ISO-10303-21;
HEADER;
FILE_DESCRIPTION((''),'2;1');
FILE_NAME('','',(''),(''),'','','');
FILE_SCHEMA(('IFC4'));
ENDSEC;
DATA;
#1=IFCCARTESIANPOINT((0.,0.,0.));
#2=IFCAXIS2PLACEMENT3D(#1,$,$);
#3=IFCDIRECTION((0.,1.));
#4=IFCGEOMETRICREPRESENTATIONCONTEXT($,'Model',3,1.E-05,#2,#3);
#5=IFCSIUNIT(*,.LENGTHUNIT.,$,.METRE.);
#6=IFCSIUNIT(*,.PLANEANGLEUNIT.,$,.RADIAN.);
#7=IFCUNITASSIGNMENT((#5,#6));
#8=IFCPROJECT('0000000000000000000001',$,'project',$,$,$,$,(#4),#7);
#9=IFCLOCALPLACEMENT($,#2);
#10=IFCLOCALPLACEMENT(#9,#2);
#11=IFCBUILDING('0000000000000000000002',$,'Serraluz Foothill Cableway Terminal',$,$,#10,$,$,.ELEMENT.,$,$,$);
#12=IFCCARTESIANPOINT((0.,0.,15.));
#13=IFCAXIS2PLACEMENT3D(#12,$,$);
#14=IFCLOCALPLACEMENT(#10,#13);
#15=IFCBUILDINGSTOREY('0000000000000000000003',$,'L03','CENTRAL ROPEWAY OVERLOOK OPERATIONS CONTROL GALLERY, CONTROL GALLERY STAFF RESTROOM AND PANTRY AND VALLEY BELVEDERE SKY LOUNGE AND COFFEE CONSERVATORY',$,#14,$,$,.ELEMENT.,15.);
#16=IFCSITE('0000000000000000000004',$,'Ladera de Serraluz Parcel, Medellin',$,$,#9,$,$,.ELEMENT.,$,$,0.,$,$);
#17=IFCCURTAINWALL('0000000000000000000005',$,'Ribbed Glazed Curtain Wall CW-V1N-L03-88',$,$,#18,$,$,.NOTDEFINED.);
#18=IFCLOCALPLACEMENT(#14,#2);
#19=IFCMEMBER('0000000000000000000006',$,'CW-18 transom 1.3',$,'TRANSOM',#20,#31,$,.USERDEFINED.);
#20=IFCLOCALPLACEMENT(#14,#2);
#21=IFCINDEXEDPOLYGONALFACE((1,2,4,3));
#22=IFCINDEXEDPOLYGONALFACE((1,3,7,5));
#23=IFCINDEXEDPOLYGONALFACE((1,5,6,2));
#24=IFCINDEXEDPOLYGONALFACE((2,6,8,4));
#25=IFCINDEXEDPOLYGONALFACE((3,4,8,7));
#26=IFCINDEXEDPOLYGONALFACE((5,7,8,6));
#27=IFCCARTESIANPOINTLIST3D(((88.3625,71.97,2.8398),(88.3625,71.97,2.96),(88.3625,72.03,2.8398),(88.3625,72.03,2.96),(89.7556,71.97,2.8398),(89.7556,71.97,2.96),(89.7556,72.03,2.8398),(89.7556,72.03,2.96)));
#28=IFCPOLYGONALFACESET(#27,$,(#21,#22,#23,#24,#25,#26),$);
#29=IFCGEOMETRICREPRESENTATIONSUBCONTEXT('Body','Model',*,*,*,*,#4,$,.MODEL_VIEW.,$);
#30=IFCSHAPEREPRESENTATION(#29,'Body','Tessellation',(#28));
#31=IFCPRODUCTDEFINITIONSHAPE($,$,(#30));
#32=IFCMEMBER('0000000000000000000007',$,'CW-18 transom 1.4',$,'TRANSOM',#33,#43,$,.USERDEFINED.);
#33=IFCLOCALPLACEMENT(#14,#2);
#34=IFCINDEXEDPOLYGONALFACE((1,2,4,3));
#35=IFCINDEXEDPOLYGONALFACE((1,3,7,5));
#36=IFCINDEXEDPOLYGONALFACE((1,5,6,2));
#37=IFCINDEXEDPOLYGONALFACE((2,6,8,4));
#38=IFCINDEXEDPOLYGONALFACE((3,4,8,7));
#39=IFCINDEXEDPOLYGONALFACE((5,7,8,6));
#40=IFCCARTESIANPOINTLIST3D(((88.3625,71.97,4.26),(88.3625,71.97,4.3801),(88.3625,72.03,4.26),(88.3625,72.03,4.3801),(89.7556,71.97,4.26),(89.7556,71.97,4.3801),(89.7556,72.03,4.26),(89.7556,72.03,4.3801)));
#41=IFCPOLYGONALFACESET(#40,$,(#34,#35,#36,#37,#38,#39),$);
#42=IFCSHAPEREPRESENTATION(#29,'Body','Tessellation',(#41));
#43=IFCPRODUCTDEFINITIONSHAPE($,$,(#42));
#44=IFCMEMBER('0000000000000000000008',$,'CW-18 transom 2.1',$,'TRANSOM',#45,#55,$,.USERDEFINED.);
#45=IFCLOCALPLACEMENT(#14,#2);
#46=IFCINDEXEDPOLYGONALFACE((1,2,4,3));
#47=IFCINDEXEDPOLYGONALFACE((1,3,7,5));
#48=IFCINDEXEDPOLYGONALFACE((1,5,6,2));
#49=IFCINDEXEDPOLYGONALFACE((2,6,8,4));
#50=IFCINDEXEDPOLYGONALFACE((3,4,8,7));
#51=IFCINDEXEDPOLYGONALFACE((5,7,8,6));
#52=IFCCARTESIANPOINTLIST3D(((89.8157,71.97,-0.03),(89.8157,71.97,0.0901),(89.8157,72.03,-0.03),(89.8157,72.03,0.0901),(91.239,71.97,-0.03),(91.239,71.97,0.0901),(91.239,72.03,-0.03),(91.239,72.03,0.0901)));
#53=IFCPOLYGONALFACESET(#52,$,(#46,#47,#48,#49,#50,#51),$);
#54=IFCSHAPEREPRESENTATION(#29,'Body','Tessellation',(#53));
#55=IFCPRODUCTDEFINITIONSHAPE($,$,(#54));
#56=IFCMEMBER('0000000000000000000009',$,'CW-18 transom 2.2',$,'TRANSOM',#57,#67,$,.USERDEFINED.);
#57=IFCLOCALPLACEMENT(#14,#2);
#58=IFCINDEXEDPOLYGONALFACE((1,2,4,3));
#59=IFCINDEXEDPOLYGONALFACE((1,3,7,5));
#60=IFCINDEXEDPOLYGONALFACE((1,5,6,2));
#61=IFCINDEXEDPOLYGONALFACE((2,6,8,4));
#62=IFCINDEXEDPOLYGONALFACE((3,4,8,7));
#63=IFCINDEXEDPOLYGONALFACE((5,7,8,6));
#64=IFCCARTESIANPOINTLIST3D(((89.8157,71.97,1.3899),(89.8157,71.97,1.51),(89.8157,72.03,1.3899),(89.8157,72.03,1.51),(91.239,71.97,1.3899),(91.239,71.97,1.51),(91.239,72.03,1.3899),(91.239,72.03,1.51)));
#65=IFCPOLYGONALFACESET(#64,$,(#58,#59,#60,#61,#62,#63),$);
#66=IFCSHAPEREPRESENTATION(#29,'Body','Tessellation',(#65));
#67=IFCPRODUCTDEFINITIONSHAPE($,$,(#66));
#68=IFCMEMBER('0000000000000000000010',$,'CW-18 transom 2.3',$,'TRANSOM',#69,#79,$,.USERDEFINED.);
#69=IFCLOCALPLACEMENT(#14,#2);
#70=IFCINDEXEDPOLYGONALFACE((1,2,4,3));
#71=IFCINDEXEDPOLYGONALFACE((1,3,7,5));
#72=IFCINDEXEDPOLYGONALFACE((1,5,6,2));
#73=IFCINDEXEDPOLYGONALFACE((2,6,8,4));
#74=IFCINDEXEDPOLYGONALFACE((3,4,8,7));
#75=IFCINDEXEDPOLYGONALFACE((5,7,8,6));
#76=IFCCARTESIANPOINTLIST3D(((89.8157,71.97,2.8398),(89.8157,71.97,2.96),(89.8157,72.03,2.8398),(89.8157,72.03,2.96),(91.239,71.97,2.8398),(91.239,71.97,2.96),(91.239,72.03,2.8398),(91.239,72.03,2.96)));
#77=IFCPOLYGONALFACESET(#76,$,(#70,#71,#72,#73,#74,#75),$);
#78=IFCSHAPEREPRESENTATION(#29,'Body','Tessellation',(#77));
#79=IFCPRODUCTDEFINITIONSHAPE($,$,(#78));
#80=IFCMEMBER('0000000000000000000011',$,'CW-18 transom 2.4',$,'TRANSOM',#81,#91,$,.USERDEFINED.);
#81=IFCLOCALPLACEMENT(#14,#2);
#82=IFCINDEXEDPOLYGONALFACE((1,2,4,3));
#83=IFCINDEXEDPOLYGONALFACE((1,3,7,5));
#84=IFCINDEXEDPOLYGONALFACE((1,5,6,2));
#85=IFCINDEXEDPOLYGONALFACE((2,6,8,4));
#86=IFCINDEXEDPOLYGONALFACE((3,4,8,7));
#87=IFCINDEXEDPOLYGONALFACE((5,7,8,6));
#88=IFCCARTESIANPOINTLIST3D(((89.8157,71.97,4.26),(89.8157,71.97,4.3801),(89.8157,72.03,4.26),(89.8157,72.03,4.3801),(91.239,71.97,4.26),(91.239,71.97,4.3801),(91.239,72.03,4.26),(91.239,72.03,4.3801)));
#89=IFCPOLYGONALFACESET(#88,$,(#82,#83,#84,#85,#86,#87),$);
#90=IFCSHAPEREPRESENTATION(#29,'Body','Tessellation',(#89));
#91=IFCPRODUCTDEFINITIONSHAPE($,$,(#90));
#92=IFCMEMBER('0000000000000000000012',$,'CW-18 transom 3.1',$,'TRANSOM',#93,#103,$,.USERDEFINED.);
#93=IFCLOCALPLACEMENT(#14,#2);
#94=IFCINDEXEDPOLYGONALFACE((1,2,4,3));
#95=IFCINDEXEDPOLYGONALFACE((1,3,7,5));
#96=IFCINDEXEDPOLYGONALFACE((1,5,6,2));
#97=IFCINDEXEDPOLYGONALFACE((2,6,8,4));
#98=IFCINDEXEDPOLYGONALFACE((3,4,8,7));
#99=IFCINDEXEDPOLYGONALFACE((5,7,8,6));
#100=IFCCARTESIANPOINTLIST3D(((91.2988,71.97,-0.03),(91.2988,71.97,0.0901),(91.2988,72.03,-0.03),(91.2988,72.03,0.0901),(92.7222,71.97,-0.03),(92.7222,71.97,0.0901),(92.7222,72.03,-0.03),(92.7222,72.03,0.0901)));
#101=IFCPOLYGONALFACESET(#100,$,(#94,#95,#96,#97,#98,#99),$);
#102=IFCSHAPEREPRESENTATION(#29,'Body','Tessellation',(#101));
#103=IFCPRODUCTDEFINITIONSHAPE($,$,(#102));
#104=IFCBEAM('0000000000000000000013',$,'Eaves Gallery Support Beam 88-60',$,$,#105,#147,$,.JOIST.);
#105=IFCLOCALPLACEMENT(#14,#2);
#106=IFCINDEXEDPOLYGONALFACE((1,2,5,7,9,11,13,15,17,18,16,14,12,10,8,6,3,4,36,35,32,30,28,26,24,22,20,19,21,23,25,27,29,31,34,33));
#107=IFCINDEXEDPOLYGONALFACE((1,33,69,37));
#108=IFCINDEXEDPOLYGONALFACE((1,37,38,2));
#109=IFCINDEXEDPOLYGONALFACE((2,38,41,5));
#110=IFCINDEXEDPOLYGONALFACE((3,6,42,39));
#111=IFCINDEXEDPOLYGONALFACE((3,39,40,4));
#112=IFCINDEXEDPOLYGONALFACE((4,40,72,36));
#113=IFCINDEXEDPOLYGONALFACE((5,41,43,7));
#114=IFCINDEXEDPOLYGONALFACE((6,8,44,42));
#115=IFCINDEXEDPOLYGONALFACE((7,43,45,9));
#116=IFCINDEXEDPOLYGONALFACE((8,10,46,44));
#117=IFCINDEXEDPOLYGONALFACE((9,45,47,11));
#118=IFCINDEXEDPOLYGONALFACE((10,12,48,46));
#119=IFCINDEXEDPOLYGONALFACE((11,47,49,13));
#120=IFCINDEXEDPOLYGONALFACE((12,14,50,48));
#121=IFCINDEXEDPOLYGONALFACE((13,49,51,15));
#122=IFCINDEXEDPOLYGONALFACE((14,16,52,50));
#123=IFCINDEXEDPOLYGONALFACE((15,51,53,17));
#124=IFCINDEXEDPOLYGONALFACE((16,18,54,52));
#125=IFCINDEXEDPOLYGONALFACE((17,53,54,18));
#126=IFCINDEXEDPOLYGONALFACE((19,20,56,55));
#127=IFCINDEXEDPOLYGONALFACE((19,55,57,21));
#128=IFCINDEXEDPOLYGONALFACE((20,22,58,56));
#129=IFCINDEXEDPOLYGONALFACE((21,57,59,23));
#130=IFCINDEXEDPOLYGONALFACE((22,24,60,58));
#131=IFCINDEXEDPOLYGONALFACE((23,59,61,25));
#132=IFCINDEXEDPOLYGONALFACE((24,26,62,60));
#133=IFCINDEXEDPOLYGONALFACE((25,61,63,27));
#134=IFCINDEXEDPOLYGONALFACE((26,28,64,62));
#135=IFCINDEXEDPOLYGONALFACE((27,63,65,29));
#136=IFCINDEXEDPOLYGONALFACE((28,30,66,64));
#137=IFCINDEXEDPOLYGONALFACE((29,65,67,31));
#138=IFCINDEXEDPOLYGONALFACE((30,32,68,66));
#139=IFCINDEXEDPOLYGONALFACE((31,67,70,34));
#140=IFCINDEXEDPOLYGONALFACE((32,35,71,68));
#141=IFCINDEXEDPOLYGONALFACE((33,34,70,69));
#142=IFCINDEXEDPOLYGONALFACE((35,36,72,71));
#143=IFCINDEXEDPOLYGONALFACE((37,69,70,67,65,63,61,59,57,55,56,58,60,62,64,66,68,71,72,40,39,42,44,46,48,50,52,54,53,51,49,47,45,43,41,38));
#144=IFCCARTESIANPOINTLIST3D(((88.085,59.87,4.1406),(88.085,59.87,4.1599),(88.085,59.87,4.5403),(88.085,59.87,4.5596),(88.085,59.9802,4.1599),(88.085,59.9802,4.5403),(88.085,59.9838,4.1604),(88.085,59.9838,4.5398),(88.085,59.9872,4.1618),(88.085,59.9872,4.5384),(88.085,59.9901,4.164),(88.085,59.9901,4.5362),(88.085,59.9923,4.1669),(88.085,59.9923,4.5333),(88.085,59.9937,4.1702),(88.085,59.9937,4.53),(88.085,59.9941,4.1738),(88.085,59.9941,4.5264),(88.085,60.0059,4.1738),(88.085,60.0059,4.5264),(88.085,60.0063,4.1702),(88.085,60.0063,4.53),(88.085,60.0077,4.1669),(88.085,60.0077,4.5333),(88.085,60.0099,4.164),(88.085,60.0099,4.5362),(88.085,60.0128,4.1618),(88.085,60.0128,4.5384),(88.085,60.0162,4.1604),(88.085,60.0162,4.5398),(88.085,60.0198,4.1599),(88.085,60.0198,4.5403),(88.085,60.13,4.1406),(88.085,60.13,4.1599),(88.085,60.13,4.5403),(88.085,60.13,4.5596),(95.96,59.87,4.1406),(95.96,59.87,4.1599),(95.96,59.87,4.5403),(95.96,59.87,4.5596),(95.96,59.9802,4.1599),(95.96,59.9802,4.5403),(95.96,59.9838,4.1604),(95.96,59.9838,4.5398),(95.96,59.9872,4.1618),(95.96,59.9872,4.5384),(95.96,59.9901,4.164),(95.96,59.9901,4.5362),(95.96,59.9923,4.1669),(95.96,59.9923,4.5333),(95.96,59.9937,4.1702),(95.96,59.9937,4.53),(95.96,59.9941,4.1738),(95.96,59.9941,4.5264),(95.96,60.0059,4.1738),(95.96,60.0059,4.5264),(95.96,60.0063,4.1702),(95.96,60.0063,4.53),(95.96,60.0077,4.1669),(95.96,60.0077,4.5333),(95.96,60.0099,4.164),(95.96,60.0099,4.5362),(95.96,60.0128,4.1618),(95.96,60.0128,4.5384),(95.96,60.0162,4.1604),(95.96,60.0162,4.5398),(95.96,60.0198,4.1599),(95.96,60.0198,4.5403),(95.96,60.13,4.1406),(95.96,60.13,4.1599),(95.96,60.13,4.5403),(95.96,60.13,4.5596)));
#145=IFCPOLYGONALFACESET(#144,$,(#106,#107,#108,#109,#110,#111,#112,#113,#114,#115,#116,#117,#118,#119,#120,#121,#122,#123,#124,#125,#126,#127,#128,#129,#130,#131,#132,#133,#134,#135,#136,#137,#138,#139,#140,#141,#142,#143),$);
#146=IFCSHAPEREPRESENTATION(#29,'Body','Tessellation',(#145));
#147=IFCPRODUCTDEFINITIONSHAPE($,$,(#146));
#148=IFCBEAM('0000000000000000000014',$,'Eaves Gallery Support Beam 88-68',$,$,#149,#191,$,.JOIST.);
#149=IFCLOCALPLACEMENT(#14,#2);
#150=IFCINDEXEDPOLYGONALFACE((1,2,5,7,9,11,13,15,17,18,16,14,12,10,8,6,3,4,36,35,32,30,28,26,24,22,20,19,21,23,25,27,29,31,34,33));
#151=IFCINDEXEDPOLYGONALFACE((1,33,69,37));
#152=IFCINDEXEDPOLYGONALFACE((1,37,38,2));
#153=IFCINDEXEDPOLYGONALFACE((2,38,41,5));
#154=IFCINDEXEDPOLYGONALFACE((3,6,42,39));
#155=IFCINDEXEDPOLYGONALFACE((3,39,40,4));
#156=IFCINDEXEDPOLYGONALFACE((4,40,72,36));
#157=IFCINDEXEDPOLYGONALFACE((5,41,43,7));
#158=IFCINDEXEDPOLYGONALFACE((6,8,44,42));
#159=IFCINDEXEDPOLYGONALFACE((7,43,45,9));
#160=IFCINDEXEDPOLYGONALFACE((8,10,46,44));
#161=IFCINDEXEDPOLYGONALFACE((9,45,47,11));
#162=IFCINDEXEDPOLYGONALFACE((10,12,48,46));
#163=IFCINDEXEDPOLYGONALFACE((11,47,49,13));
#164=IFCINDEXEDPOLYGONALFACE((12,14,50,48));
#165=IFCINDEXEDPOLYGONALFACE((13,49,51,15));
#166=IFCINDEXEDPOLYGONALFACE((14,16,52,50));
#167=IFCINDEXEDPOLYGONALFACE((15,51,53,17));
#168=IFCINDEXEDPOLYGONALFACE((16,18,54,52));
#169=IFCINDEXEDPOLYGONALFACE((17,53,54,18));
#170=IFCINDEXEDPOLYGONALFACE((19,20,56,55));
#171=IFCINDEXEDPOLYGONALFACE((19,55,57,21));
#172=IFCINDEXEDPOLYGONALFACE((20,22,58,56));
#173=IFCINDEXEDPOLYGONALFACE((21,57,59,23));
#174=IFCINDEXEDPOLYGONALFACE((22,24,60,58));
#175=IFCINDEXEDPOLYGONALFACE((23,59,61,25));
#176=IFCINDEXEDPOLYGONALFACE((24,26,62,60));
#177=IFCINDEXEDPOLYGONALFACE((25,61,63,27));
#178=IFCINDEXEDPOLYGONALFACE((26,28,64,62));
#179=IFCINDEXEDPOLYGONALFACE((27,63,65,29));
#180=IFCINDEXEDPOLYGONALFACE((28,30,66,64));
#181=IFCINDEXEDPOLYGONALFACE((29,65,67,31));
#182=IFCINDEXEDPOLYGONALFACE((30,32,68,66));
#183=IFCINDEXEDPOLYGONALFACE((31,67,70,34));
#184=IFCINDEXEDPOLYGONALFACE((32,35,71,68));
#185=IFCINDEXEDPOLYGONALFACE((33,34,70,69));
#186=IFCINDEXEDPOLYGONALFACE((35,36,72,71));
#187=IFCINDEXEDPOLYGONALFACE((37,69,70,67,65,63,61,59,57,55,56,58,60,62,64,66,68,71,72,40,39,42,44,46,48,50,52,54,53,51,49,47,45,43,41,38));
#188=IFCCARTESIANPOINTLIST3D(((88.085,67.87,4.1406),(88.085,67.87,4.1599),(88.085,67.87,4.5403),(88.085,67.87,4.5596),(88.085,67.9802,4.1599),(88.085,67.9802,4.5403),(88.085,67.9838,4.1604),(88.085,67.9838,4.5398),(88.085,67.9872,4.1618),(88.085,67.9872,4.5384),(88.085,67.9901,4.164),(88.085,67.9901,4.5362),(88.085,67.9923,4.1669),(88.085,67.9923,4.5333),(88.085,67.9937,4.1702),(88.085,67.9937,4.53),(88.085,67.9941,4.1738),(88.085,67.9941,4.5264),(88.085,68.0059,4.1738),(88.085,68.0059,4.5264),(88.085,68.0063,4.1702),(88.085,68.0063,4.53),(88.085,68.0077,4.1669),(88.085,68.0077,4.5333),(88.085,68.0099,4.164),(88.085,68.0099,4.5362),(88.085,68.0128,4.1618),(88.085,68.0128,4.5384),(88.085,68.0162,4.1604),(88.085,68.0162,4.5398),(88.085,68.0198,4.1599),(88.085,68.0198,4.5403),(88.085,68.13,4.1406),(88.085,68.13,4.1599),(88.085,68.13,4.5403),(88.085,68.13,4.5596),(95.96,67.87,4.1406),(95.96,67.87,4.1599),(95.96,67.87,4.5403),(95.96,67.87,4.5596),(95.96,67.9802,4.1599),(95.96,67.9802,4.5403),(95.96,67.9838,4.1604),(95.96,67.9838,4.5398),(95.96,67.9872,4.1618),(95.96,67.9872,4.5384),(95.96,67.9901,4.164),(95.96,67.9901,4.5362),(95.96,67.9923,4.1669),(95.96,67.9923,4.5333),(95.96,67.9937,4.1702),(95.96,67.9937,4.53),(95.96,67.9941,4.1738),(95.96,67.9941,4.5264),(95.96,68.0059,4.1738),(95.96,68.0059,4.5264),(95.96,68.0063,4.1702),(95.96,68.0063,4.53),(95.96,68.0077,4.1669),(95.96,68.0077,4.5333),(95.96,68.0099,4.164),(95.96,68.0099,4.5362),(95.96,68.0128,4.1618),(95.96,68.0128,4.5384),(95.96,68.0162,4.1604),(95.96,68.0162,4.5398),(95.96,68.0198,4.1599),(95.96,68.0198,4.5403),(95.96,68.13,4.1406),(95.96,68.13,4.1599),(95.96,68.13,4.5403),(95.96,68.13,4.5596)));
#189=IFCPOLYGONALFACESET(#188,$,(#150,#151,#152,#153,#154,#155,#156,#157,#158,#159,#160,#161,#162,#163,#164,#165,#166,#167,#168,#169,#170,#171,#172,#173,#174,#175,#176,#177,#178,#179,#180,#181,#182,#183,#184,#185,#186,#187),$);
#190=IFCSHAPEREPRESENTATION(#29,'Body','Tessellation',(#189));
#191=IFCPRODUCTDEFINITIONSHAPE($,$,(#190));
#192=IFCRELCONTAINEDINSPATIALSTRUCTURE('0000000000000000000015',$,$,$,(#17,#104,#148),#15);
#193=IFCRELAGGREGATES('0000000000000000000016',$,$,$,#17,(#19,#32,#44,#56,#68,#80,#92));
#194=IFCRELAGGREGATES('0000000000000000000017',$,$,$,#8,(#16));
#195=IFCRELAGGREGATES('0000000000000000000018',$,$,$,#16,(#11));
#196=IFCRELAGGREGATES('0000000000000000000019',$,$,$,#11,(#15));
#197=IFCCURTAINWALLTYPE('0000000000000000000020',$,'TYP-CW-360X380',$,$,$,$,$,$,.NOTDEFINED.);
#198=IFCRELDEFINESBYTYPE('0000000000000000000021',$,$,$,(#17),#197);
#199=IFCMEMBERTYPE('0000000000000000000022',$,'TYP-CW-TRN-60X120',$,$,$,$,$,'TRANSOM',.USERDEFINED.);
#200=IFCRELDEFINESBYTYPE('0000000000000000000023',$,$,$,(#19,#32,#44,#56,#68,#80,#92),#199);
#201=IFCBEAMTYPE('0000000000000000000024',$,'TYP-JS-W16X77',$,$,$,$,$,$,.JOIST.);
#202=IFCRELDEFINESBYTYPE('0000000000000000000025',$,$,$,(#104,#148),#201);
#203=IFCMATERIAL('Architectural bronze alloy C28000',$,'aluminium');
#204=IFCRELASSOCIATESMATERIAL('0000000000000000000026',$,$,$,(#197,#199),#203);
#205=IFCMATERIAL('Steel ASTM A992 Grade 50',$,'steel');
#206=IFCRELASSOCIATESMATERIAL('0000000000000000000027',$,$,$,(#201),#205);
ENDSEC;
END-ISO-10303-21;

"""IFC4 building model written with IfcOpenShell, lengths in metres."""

from ifc_helpers import new_model, si_unit, direction, frame, origin, origin_2d, place, context, subcontext, project, spatial, rectangle, i_section, extrude, material, material_profile, profile_set, type_object, element, aggregate, save


model = new_model("IFC4")

# Units and contexts
model_context = context("Model", 3, precision=1e-05, world=origin(), true_north=direction((0.0, 1.0)))
body_context = subcontext(model_context, "Body", "Model", "MODEL_VIEW")
ifc_project = project(units=[si_unit("LENGTHUNIT", "METRE"), si_unit("PLANEANGLEUNIT", "RADIAN")], contexts=[model_context])

# Site, building, storey
site_placement = place(None, origin())
site = spatial("IfcSite", under=ifc_project, at=site_placement, Name="Ladera de Serraluz Parcel, Medellin", CompositionType="ELEMENT", RefElevation=0.0)
building_placement = place(site_placement, origin())
building = spatial("IfcBuilding", under=site, at=building_placement, Name="Serraluz Foothill Cableway Terminal", CompositionType="ELEMENT")
storey_placement = place(building_placement, frame((0.0, 0.0, 15.0)))
storey = spatial("IfcBuildingStorey", under=building, at=storey_placement, Name="L03", Description="CENTRAL ROPEWAY OVERLOOK OPERATIONS CONTROL GALLERY, CONTROL GALLERY STAFF RESTROOM AND PANTRY AND VALLEY BELVEDERE SKY LOUNGE AND COFFEE CONSERVATORY", CompositionType="ELEMENT", Elevation=15.0)

# Shared definitions
ifc_material_1 = material(Name="Steel ASTM A992 Grade 50", Category="steel")

# Curtain wall
ifc_material_2 = material(Name="Architectural bronze alloy C28000", Category="aluminium")
curtain_wall_type_1 = type_object("IfcCurtainWallType", Name="TYP-CW-360X380", PredefinedType="NOTDEFINED", material=ifc_material_2)
curtain_wall_1_placement = place(storey_placement, origin())
curtain_wall_1 = element("IfcCurtainWall", 1, at=curtain_wall_1_placement, inside=storey, type_object=curtain_wall_type_1, Name="Ribbed Glazed Curtain Wall CW-V1N-L03-88", PredefinedType="NOTDEFINED")

# Members
ifc_material_profile_1 = material_profile(ifc_material_2, rectangle(XDim=0.0601, YDim=0.1201, at=origin_2d()), Name="ALU TRANSOM 60x120")
ifc_profile_set_1 = profile_set([ifc_material_profile_1], Name="Architectural bronze alloy C28000")
member_type_1 = type_object("IfcMemberType", Name="TYP-CW-TRN-60X120", ElementType="TRANSOM", PredefinedType="USERDEFINED", material=ifc_profile_set_1)
member_1_placement = place(storey_placement, frame((88.3625, 72.0, 2.8999), z_axis=(1.0, 0.0, 0.0), x_axis=(0.0, 1.0, 0.0)))
member_1 = element("IfcMember", 2, at=member_1_placement, type_object=member_type_1, Name="CW-18 transom 1.3", ObjectType="TRANSOM", PredefinedType="USERDEFINED", context=body_context, shape_type="SweptSolid", body=[
    extrude(rectangle(XDim=0.0601, YDim=0.1201, at=origin_2d()), origin(), (0.0, 0.0, 1.0), 1.3931),
])
member_2_placement = place(storey_placement, frame((88.3625, 72.0, 4.3201), z_axis=(1.0, 0.0, 0.0), x_axis=(0.0, 1.0, 0.0)))
member_2 = element("IfcMember", 3, at=member_2_placement, type_object=member_type_1, Name="CW-18 transom 1.4", ObjectType="TRANSOM", PredefinedType="USERDEFINED", context=body_context, shape_type="SweptSolid", body=[
    extrude(rectangle(XDim=0.0601, YDim=0.1201, at=origin_2d()), origin(), (0.0, 0.0, 1.0), 1.3931),
])
member_3_placement = place(storey_placement, frame((89.8157, 72.0, 0.03), z_axis=(1.0, 0.0, 0.0), x_axis=(0.0, 1.0, 0.0)))
member_3 = element("IfcMember", 4, at=member_3_placement, type_object=member_type_1, Name="CW-18 transom 2.1", ObjectType="TRANSOM", PredefinedType="USERDEFINED", context=body_context, shape_type="SweptSolid", body=[
    extrude(rectangle(XDim=0.0601, YDim=0.1201, at=origin_2d()), origin(), (0.0, 0.0, 1.0), 1.4233),
])
member_4_placement = place(storey_placement, frame((89.8157, 72.0, 1.45), z_axis=(1.0, 0.0, 0.0), x_axis=(0.0, 1.0, 0.0)))
member_4 = element("IfcMember", 5, at=member_4_placement, type_object=member_type_1, Name="CW-18 transom 2.2", ObjectType="TRANSOM", PredefinedType="USERDEFINED", context=body_context, shape_type="SweptSolid", body=[
    extrude(rectangle(XDim=0.0601, YDim=0.1201, at=origin_2d()), origin(), (0.0, 0.0, 1.0), 1.4233),
])
member_5_placement = place(storey_placement, frame((89.8157, 72.0, 2.8999), z_axis=(1.0, 0.0, 0.0), x_axis=(0.0, 1.0, 0.0)))
member_5 = element("IfcMember", 6, at=member_5_placement, type_object=member_type_1, Name="CW-18 transom 2.3", ObjectType="TRANSOM", PredefinedType="USERDEFINED", context=body_context, shape_type="SweptSolid", body=[
    extrude(rectangle(XDim=0.0601, YDim=0.1201, at=origin_2d()), origin(), (0.0, 0.0, 1.0), 1.4233),
])
member_6_placement = place(storey_placement, frame((89.8157, 72.0, 4.3201), z_axis=(1.0, 0.0, 0.0), x_axis=(0.0, 1.0, 0.0)))
member_6 = element("IfcMember", 7, at=member_6_placement, type_object=member_type_1, Name="CW-18 transom 2.4", ObjectType="TRANSOM", PredefinedType="USERDEFINED", context=body_context, shape_type="SweptSolid", body=[
    extrude(rectangle(XDim=0.0601, YDim=0.1201, at=origin_2d()), origin(), (0.0, 0.0, 1.0), 1.4233),
])
member_7_placement = place(storey_placement, frame((91.2988, 72.0, 0.03), z_axis=(1.0, 0.0, 0.0), x_axis=(0.0, 1.0, 0.0)))
member_7 = element("IfcMember", 8, at=member_7_placement, type_object=member_type_1, Name="CW-18 transom 3.1", ObjectType="TRANSOM", PredefinedType="USERDEFINED", context=body_context, shape_type="SweptSolid", body=[
    extrude(rectangle(XDim=0.0601, YDim=0.1201, at=origin_2d()), origin(), (0.0, 0.0, 1.0), 1.4233),
])

# Beams
ifc_material_profile_2 = material_profile(ifc_material_1, i_section(OverallWidth=0.26, OverallDepth=0.4189, WebThickness=0.0117, FlangeThickness=0.0193, FilletRadius=0.0139, at=origin_2d()), Name="W16X77")
ifc_profile_set_2 = profile_set([ifc_material_profile_2], Name="Steel ASTM A992 Grade 50")
beam_type_1 = type_object("IfcBeamType", Name="TYP-JS-W16X77", PredefinedType="JOIST", material=ifc_profile_set_2)
for number, where, z_axis, x_axis, name in (
    (9, (88.085, 60.0, 4.3501), (1.0, 0.0, 0.0), (0.0, 1.0, 0.0), "Eaves Gallery Support Beam 88-60"),
    (10, (88.085, 68.0, 4.3501), (1.0, 0.0, 0.0), (0.0, 1.0, 0.0), "Eaves Gallery Support Beam 88-68"),
):
    element("IfcBeam", number, at=place(storey_placement, frame(where, z_axis=z_axis, x_axis=x_axis)), inside=storey, type_object=beam_type_1, Name=name, PredefinedType="JOIST", context=body_context, shape_type="SweptSolid", body=[
        extrude(i_section(OverallWidth=0.26, OverallDepth=0.4189, WebThickness=0.0117, FlangeThickness=0.0193, FilletRadius=0.0139, at=origin_2d()), origin(), (0.0, 0.0, 1.0), 7.875),
    ])

aggregate(curtain_wall_1, [member_1, member_2, member_3, member_4, member_5, member_6, member_7])

save(model, "model.ifc")
